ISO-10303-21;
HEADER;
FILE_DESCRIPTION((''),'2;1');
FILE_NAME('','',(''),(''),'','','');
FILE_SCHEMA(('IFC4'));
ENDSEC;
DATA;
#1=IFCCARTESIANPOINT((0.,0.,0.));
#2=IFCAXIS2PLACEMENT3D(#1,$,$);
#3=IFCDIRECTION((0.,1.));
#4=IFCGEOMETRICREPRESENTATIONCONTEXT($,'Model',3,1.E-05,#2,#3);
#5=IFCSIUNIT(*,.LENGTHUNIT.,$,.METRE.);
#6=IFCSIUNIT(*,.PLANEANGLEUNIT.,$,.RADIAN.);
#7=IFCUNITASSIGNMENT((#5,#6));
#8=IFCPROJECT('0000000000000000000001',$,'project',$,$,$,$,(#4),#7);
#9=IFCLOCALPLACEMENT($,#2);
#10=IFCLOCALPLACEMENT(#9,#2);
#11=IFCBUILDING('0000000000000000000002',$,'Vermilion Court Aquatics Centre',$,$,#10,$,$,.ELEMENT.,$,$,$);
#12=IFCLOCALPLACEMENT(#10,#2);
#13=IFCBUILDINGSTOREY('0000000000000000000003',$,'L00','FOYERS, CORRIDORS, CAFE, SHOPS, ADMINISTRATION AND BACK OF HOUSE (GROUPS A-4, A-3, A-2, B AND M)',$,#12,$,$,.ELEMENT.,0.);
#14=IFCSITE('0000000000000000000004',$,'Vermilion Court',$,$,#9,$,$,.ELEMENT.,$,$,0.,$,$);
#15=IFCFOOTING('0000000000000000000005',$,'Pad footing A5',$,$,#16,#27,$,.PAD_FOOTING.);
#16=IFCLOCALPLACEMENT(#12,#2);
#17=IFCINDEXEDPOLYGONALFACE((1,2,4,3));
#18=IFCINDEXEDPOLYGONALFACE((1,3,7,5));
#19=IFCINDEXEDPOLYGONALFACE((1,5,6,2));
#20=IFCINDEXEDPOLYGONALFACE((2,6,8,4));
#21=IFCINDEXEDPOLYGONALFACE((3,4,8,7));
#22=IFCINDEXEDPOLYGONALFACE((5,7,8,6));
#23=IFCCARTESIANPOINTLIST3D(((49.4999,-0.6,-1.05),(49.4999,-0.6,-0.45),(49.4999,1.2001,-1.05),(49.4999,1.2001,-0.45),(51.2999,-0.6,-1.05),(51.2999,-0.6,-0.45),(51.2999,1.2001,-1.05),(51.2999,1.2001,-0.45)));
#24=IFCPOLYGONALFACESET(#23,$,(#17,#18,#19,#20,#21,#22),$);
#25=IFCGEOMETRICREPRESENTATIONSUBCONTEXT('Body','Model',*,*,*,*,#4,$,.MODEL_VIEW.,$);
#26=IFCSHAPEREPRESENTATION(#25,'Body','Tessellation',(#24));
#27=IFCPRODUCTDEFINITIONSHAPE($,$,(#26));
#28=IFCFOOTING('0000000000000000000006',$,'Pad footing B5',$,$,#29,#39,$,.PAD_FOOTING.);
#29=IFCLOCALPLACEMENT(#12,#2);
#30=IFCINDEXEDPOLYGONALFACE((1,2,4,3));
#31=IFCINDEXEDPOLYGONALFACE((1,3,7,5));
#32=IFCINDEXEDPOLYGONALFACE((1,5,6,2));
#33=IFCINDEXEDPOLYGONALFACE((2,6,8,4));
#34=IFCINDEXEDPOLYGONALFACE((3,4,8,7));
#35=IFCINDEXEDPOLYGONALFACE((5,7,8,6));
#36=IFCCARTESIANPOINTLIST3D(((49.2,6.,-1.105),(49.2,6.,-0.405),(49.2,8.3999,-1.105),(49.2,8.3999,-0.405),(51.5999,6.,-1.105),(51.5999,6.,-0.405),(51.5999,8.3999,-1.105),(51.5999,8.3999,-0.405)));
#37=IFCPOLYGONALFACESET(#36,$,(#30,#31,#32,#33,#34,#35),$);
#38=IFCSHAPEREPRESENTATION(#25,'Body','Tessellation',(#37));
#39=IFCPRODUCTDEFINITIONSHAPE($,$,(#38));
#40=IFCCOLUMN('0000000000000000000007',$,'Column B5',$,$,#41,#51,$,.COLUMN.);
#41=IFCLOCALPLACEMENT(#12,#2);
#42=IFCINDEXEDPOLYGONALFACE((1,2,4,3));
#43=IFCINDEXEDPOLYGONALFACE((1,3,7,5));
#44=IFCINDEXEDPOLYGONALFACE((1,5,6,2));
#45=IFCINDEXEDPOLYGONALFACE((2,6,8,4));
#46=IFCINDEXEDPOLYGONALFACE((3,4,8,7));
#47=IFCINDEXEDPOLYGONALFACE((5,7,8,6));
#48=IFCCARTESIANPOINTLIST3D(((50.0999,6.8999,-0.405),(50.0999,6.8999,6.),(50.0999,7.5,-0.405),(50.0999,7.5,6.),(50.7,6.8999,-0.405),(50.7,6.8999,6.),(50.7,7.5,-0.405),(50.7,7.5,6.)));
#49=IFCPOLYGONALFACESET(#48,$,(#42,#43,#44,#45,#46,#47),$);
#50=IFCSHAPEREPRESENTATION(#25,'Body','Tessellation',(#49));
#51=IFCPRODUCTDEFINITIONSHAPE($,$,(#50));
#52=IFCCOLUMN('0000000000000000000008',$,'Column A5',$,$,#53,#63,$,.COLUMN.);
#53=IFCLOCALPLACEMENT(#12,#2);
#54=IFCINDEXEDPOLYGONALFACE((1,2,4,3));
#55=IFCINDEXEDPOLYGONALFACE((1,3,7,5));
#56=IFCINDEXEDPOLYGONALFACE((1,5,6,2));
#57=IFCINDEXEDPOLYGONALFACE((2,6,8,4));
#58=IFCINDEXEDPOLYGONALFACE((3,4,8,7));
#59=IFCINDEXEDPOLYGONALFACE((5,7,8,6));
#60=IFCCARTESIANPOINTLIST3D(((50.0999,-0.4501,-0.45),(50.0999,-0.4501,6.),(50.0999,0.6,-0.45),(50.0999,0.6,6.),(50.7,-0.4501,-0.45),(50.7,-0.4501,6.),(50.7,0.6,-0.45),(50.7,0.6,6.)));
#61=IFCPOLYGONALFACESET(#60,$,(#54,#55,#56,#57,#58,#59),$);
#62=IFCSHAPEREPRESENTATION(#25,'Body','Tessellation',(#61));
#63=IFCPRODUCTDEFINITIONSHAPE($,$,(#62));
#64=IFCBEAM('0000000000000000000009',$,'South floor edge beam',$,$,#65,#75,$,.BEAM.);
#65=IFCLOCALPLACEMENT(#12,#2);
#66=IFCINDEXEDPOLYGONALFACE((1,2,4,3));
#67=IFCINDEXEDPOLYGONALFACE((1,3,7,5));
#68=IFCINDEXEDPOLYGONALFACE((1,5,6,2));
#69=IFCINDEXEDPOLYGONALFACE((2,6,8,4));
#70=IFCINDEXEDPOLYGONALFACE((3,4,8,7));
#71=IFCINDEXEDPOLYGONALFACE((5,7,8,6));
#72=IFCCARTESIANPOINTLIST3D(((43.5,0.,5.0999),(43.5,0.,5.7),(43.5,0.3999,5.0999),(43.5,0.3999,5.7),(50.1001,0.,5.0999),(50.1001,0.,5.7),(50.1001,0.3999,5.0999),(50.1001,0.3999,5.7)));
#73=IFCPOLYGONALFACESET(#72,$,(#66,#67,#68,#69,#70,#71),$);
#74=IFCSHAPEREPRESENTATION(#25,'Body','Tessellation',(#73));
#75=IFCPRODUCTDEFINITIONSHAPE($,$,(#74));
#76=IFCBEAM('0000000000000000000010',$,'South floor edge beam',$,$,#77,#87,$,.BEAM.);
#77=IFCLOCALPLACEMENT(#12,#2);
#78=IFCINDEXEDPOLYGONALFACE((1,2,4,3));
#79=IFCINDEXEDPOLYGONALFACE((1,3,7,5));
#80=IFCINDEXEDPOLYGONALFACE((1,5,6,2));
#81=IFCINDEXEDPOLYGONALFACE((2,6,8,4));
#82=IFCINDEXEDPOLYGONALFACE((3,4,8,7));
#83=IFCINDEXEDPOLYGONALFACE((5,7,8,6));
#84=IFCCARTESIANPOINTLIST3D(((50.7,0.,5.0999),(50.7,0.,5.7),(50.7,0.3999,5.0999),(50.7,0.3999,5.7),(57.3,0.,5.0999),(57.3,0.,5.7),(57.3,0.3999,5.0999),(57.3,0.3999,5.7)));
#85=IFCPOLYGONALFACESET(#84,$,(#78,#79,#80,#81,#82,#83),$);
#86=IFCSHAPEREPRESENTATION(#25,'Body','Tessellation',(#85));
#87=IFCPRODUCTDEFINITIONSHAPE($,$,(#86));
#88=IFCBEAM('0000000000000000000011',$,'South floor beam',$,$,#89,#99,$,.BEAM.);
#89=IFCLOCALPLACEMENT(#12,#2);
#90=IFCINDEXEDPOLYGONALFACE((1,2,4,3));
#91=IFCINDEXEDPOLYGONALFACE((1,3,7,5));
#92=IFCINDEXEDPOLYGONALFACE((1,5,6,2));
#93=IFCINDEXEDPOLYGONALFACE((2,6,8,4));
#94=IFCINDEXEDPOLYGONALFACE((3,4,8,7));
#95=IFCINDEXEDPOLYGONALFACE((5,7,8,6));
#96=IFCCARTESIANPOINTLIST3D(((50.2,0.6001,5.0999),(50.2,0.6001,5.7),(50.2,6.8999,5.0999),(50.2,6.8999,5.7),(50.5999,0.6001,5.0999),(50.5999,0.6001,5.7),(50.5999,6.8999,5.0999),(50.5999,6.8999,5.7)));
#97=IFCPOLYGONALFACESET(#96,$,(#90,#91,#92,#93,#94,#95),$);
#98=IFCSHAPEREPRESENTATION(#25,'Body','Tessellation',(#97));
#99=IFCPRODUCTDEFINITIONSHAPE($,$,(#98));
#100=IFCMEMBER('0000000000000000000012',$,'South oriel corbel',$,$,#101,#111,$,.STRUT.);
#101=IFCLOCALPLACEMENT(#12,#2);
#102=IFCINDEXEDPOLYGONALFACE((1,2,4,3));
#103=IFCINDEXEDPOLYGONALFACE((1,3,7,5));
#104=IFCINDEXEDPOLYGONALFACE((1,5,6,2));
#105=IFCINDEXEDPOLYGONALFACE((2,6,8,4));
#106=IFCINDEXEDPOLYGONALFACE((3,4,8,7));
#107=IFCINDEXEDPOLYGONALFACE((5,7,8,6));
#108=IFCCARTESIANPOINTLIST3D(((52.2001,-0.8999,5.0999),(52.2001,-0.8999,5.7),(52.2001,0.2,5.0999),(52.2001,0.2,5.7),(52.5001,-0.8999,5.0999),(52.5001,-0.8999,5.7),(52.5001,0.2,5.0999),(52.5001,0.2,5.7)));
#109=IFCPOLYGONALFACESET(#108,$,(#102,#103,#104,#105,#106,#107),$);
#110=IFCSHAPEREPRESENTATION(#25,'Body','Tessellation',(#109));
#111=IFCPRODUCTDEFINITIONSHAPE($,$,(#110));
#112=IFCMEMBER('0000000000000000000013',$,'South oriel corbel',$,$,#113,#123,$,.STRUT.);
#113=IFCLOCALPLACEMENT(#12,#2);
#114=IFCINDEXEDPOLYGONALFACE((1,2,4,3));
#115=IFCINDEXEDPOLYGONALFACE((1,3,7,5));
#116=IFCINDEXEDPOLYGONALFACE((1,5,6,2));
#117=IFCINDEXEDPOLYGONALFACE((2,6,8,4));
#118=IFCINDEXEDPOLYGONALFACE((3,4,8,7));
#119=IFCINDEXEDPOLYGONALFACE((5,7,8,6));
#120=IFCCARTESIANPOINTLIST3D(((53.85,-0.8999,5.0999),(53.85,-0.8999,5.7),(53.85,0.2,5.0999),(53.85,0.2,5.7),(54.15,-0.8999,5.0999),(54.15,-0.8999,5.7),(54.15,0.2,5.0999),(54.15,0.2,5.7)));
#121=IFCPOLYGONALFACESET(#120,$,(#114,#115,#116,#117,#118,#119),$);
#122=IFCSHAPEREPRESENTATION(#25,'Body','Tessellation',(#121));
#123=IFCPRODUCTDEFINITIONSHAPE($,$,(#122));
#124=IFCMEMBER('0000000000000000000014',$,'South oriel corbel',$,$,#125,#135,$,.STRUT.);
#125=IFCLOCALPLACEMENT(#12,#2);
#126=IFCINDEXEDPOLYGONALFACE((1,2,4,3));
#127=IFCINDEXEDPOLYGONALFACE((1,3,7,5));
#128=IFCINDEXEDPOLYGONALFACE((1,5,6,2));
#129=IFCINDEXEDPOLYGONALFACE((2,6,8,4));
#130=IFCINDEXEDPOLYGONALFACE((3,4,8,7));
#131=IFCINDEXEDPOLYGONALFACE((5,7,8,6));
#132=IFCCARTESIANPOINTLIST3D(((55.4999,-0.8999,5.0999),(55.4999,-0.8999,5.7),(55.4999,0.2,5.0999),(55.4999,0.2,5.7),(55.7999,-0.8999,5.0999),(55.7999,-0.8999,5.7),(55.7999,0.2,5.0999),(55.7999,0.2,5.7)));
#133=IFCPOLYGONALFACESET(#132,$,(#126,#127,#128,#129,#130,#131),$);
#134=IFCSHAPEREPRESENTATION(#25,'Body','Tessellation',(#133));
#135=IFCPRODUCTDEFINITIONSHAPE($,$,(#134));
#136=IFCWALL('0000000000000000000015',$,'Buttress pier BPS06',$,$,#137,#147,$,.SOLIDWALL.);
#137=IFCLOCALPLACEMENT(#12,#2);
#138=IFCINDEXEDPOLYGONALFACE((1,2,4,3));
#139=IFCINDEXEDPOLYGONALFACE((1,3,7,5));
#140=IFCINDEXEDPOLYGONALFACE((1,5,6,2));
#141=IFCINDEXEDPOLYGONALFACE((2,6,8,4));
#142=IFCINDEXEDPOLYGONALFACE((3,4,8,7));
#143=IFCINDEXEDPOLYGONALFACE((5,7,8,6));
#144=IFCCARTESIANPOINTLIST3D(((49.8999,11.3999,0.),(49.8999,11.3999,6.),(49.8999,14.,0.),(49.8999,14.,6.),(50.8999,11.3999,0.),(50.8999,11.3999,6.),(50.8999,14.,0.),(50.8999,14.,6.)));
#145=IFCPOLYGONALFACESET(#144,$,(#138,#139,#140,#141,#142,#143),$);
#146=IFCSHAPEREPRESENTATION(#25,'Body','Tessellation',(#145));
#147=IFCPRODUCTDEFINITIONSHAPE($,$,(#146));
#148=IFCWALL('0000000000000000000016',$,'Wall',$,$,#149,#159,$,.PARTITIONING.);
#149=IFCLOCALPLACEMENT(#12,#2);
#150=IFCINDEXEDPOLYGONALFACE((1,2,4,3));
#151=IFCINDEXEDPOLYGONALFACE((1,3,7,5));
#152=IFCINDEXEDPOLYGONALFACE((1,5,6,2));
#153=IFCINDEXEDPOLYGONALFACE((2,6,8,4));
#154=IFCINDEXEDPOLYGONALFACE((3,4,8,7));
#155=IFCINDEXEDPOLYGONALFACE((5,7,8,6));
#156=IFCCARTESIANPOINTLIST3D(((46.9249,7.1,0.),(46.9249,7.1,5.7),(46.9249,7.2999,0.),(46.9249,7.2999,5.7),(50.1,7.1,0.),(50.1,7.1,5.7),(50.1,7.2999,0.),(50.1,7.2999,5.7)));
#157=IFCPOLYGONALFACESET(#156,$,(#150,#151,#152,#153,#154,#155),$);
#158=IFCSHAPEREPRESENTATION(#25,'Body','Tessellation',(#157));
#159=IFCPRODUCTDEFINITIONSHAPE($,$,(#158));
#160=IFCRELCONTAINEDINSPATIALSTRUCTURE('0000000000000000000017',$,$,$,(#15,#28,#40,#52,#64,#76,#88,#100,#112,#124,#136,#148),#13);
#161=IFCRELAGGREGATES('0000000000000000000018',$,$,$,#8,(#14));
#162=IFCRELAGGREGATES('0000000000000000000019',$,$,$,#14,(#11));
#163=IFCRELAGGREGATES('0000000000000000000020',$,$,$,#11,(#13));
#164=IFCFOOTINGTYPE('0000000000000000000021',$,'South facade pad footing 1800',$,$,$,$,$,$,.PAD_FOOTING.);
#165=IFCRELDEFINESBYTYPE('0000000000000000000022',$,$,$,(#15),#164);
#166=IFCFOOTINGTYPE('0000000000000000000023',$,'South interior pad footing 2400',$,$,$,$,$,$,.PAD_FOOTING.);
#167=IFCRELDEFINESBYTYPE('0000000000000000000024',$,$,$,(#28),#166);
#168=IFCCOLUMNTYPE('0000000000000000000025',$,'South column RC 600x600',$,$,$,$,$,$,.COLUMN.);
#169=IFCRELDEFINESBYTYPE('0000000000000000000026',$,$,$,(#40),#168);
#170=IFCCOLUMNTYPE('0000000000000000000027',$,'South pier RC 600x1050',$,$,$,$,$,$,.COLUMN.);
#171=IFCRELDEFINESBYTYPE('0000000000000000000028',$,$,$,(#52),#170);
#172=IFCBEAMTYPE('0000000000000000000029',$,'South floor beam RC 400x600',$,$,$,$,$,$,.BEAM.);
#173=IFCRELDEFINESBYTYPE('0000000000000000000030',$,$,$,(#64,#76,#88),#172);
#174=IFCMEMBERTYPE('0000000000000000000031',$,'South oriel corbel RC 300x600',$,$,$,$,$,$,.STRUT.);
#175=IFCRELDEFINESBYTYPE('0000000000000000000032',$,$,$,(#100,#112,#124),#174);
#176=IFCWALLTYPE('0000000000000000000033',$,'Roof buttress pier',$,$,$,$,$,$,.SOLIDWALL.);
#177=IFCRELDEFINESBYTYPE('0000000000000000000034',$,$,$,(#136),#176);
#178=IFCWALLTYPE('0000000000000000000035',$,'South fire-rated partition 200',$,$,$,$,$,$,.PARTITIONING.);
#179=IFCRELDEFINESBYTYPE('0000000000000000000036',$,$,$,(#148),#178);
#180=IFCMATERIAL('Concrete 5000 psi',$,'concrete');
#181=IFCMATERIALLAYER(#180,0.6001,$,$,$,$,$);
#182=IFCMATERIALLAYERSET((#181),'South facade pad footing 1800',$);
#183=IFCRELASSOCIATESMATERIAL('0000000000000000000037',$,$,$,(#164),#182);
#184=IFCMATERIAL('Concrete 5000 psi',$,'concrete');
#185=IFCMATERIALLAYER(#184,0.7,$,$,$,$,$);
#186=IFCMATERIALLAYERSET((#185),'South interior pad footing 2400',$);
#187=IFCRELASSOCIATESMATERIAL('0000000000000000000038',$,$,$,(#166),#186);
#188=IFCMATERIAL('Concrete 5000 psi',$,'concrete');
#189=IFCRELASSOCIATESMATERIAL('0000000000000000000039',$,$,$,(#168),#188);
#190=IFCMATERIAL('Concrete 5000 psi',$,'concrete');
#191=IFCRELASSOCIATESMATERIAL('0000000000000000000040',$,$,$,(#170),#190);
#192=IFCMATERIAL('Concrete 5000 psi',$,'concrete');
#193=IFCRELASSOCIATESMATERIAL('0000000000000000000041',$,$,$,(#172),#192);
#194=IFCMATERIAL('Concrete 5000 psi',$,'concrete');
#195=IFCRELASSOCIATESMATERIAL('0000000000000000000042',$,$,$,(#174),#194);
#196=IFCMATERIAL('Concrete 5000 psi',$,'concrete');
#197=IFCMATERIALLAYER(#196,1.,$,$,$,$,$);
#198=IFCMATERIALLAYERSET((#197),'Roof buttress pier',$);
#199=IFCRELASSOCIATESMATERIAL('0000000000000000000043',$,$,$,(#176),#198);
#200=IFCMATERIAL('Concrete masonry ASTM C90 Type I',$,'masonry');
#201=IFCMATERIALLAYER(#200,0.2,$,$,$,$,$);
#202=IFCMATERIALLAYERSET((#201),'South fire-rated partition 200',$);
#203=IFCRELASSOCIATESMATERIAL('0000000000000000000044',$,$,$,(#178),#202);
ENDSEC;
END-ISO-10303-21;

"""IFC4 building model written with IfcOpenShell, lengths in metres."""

from ifc_helpers import new_model, si_unit, direction, frame, frame_2d, origin, origin_2d, place, context, subcontext, project, spatial, rectangle, extrude, material, layer, layer_set, material_profile, profile_set, type_object, element, save


model = new_model("IFC4")

# Units and contexts
model_context = context("Model", 3, precision=1e-05, world=origin(), true_north=direction((0.0, 1.0)))
body_context = subcontext(model_context, "Body", "Model", "MODEL_VIEW")
ifc_project = project(units=[si_unit("LENGTHUNIT", "METRE"), si_unit("PLANEANGLEUNIT", "RADIAN")], contexts=[model_context])

# Site, building, storey
site_placement = place(None, origin())
site = spatial("IfcSite", under=ifc_project, at=site_placement, Name="Vermilion Court", CompositionType="ELEMENT", RefElevation=0.0)
building_placement = place(site_placement, origin())
building = spatial("IfcBuilding", under=site, at=building_placement, Name="Vermilion Court Aquatics Centre", CompositionType="ELEMENT")
storey_placement = place(building_placement, origin())
storey = spatial("IfcBuildingStorey", under=building, at=storey_placement, Name="L00", Description="FOYERS, CORRIDORS, CAFE, SHOPS, ADMINISTRATION AND BACK OF HOUSE (GROUPS A-4, A-3, A-2, B AND M)", CompositionType="ELEMENT", Elevation=0.0)

# Footings
ifc_material_1 = material(Name="Concrete 5000 psi", Category="concrete")
ifc_layer_1 = layer(ifc_material_1, 0.6001)
ifc_layer_set_1 = layer_set([ifc_layer_1], Name="South facade pad footing 1800")
footing_type_1 = type_object("IfcFootingType", Name="South facade pad footing 1800", PredefinedType="PAD_FOOTING", material=ifc_layer_set_1)
footing_1_placement = place(storey_placement, frame((50.3999, 0.3, -1.05), z_axis=(0.0, 0.0, 1.0), x_axis=(1.0, 0.0, 0.0)))
element("IfcFooting", 1, at=footing_1_placement, inside=storey, type_object=footing_type_1, Name="Pad footing A5", PredefinedType="PAD_FOOTING", context=body_context, shape_type="SweptSolid", body=[
    extrude(rectangle(XDim=1.8, YDim=1.8, at=origin_2d()), origin(), (0.0, 0.0, 1.0), 0.6001),
])
ifc_material_2 = material(Name="Concrete 5000 psi", Category="concrete")
ifc_layer_2 = layer(ifc_material_2, 0.7)
ifc_layer_set_2 = layer_set([ifc_layer_2], Name="South interior pad footing 2400")
footing_type_2 = type_object("IfcFootingType", Name="South interior pad footing 2400", PredefinedType="PAD_FOOTING", material=ifc_layer_set_2)
footing_2_placement = place(storey_placement, frame((50.3999, 7.2, -1.105), z_axis=(0.0, 0.0, 1.0), x_axis=(1.0, 0.0, 0.0)))
element("IfcFooting", 2, at=footing_2_placement, inside=storey, type_object=footing_type_2, Name="Pad footing B5", PredefinedType="PAD_FOOTING", context=body_context, shape_type="SweptSolid", body=[
    extrude(rectangle(XDim=2.3999, YDim=2.3999, at=origin_2d()), origin(), (0.0, 0.0, 1.0), 0.7),
])

# Columns
ifc_material_3 = material(Name="Concrete 5000 psi", Category="concrete")
ifc_material_profile_1 = material_profile(ifc_material_3, rectangle(XDim=0.6001, YDim=0.6001, at=origin_2d()), Name="RC 600x600")
ifc_profile_set_1 = profile_set([ifc_material_profile_1], Name="Concrete 5000 psi")
column_type_1 = type_object("IfcColumnType", Name="South column RC 600x600", PredefinedType="COLUMN", material=ifc_profile_set_1)
column_1_placement = place(storey_placement, frame((50.3999, 7.2, -0.405), z_axis=(0.0, 0.0, 1.0), x_axis=(1.0, 0.0, 0.0)))
element("IfcColumn", 3, at=column_1_placement, inside=storey, type_object=column_type_1, Name="Column B5", PredefinedType="COLUMN", context=body_context, shape_type="SweptSolid", body=[
    extrude(rectangle(XDim=0.6001, YDim=0.6001, at=origin_2d()), origin(), (0.0, 0.0, 1.0), 6.405),
])
ifc_material_4 = material(Name="Concrete 5000 psi", Category="concrete")
ifc_material_profile_2 = material_profile(ifc_material_4, rectangle(XDim=0.6001, YDim=1.05, at=origin_2d()), Name="RC 600x1050")
ifc_profile_set_2 = profile_set([ifc_material_profile_2], Name="Concrete 5000 psi")
column_type_2 = type_object("IfcColumnType", Name="South pier RC 600x1050", PredefinedType="COLUMN", material=ifc_profile_set_2)
column_2_placement = place(storey_placement, frame((50.3999, 0.075, -0.45), z_axis=(0.0, 0.0, 1.0), x_axis=(1.0, 0.0, 0.0)))
element("IfcColumn", 4, at=column_2_placement, inside=storey, type_object=column_type_2, Name="Column A5", PredefinedType="COLUMN", context=body_context, shape_type="SweptSolid", body=[
    extrude(rectangle(XDim=0.6001, YDim=1.05, at=origin_2d()), origin(), (0.0, 0.0, 1.0), 6.45),
])

# Beams
ifc_material_5 = material(Name="Concrete 5000 psi", Category="concrete")
ifc_material_profile_3 = material_profile(ifc_material_5, rectangle(XDim=0.3999, YDim=0.6001, at=origin_2d()), Name="RC 400x600")
ifc_profile_set_3 = profile_set([ifc_material_profile_3], Name="Concrete 5000 psi")
beam_type = type_object("IfcBeamType", Name="South floor beam RC 400x600", PredefinedType="BEAM", material=ifc_profile_set_3)
for number, where, z_axis, x_axis, name in (
    (5, (43.5, 0.2, 5.3999), (1.0, 0.0, 0.0), (0.0, 1.0, 0.0), "South floor edge beam"),
    (6, (50.7, 0.2, 5.3999), (1.0, 0.0, 0.0), (0.0, 1.0, 0.0), "South floor edge beam"),
):
    element("IfcBeam", number, at=place(storey_placement, frame(where, z_axis=z_axis, x_axis=x_axis)), inside=storey, type_object=beam_type, Name=name, PredefinedType="BEAM", context=body_context, shape_type="SweptSolid", body=[
        extrude(rectangle(XDim=0.3999, YDim=0.6001, at=origin_2d()), origin(), (0.0, 0.0, 1.0), 6.6001),
    ])
beam_placement = place(storey_placement, frame((50.3999, 0.6001, 5.3999), z_axis=(0.0, 1.0, 0.0), x_axis=(-1.0, 0.0, 0.0)))
element("IfcBeam", 7, at=beam_placement, inside=storey, type_object=beam_type, Name="South floor beam", PredefinedType="BEAM", context=body_context, shape_type="SweptSolid", body=[
    extrude(rectangle(XDim=0.3999, YDim=0.6001, at=origin_2d()), origin(), (0.0, 0.0, 1.0), 6.2998),
])

# Members
ifc_material_6 = material(Name="Concrete 5000 psi", Category="concrete")
ifc_material_profile_4 = material_profile(ifc_material_6, rectangle(XDim=0.3, YDim=0.6001, at=origin_2d()), Name="RC 300x600")
ifc_profile_set_4 = profile_set([ifc_material_profile_4], Name="Concrete 5000 psi")
member_type = type_object("IfcMemberType", Name="South oriel corbel RC 300x600", PredefinedType="STRUT", material=ifc_profile_set_4)
for number, where, z_axis, x_axis, name in (
    (8, (52.3501, -0.8999, 5.3999), (0.0, 1.0, 0.0), (-1.0, 0.0, 0.0), "South oriel corbel"),
    (9, (54.0, -0.8999, 5.3999), (0.0, 1.0, 0.0), (-1.0, 0.0, 0.0), "South oriel corbel"),
    (10, (55.6499, -0.8999, 5.3999), (0.0, 1.0, 0.0), (-1.0, 0.0, 0.0), "South oriel corbel"),
):
    element("IfcMember", number, at=place(storey_placement, frame(where, z_axis=z_axis, x_axis=x_axis)), inside=storey, type_object=member_type, Name=name, PredefinedType="STRUT", context=body_context, shape_type="SweptSolid", body=[
        extrude(rectangle(XDim=0.3, YDim=0.6001, at=origin_2d()), origin(), (0.0, 0.0, 1.0), 1.0999),
    ])

# Walls
ifc_material_7 = material(Name="Concrete 5000 psi", Category="concrete")
ifc_layer_3 = layer(ifc_material_7, 1.0)
ifc_layer_set_3 = layer_set([ifc_layer_3], Name="Roof buttress pier")
wall_type_1 = type_object("IfcWallType", Name="Roof buttress pier", PredefinedType="SOLIDWALL", material=ifc_layer_set_3)
wall_1_placement = place(storey_placement, frame((50.3999, 11.3999, 0.0), z_axis=(0.0, 0.0, 1.0), x_axis=(0.0, 1.0, 0.0)))
element("IfcWall", 11, at=wall_1_placement, inside=storey, type_object=wall_type_1, Name="Buttress pier BPS06", PredefinedType="SOLIDWALL", context=body_context, shape_type="SweptSolid", body=[
    extrude(rectangle(XDim=2.6001, YDim=1.0, at=frame_2d((1.3, 0.0))), origin(), (0.0, 0.0, 1.0), 6.0),
])
ifc_material_8 = material(Name="Concrete masonry ASTM C90 Type I", Category="masonry")
ifc_layer_4 = layer(ifc_material_8, 0.2)
ifc_layer_set_4 = layer_set([ifc_layer_4], Name="South fire-rated partition 200")
wall_type_2 = type_object("IfcWallType", Name="South fire-rated partition 200", PredefinedType="PARTITIONING", material=ifc_layer_set_4)
wall_2_placement = place(storey_placement, frame((46.925, 7.2, 0.0), z_axis=(0.0, 0.0, 1.0), x_axis=(1.0, 0.0, 0.0)))
element("IfcWall", 12, at=wall_2_placement, inside=storey, type_object=wall_type_2, Name="Wall", PredefinedType="PARTITIONING", context=body_context, shape_type="SweptSolid", body=[
    extrude(rectangle(XDim=3.175, YDim=0.2, at=frame_2d((1.5874, 0.0))), origin(), (0.0, 0.0, 1.0), 5.7),
])

save(model, "model.ifc")
